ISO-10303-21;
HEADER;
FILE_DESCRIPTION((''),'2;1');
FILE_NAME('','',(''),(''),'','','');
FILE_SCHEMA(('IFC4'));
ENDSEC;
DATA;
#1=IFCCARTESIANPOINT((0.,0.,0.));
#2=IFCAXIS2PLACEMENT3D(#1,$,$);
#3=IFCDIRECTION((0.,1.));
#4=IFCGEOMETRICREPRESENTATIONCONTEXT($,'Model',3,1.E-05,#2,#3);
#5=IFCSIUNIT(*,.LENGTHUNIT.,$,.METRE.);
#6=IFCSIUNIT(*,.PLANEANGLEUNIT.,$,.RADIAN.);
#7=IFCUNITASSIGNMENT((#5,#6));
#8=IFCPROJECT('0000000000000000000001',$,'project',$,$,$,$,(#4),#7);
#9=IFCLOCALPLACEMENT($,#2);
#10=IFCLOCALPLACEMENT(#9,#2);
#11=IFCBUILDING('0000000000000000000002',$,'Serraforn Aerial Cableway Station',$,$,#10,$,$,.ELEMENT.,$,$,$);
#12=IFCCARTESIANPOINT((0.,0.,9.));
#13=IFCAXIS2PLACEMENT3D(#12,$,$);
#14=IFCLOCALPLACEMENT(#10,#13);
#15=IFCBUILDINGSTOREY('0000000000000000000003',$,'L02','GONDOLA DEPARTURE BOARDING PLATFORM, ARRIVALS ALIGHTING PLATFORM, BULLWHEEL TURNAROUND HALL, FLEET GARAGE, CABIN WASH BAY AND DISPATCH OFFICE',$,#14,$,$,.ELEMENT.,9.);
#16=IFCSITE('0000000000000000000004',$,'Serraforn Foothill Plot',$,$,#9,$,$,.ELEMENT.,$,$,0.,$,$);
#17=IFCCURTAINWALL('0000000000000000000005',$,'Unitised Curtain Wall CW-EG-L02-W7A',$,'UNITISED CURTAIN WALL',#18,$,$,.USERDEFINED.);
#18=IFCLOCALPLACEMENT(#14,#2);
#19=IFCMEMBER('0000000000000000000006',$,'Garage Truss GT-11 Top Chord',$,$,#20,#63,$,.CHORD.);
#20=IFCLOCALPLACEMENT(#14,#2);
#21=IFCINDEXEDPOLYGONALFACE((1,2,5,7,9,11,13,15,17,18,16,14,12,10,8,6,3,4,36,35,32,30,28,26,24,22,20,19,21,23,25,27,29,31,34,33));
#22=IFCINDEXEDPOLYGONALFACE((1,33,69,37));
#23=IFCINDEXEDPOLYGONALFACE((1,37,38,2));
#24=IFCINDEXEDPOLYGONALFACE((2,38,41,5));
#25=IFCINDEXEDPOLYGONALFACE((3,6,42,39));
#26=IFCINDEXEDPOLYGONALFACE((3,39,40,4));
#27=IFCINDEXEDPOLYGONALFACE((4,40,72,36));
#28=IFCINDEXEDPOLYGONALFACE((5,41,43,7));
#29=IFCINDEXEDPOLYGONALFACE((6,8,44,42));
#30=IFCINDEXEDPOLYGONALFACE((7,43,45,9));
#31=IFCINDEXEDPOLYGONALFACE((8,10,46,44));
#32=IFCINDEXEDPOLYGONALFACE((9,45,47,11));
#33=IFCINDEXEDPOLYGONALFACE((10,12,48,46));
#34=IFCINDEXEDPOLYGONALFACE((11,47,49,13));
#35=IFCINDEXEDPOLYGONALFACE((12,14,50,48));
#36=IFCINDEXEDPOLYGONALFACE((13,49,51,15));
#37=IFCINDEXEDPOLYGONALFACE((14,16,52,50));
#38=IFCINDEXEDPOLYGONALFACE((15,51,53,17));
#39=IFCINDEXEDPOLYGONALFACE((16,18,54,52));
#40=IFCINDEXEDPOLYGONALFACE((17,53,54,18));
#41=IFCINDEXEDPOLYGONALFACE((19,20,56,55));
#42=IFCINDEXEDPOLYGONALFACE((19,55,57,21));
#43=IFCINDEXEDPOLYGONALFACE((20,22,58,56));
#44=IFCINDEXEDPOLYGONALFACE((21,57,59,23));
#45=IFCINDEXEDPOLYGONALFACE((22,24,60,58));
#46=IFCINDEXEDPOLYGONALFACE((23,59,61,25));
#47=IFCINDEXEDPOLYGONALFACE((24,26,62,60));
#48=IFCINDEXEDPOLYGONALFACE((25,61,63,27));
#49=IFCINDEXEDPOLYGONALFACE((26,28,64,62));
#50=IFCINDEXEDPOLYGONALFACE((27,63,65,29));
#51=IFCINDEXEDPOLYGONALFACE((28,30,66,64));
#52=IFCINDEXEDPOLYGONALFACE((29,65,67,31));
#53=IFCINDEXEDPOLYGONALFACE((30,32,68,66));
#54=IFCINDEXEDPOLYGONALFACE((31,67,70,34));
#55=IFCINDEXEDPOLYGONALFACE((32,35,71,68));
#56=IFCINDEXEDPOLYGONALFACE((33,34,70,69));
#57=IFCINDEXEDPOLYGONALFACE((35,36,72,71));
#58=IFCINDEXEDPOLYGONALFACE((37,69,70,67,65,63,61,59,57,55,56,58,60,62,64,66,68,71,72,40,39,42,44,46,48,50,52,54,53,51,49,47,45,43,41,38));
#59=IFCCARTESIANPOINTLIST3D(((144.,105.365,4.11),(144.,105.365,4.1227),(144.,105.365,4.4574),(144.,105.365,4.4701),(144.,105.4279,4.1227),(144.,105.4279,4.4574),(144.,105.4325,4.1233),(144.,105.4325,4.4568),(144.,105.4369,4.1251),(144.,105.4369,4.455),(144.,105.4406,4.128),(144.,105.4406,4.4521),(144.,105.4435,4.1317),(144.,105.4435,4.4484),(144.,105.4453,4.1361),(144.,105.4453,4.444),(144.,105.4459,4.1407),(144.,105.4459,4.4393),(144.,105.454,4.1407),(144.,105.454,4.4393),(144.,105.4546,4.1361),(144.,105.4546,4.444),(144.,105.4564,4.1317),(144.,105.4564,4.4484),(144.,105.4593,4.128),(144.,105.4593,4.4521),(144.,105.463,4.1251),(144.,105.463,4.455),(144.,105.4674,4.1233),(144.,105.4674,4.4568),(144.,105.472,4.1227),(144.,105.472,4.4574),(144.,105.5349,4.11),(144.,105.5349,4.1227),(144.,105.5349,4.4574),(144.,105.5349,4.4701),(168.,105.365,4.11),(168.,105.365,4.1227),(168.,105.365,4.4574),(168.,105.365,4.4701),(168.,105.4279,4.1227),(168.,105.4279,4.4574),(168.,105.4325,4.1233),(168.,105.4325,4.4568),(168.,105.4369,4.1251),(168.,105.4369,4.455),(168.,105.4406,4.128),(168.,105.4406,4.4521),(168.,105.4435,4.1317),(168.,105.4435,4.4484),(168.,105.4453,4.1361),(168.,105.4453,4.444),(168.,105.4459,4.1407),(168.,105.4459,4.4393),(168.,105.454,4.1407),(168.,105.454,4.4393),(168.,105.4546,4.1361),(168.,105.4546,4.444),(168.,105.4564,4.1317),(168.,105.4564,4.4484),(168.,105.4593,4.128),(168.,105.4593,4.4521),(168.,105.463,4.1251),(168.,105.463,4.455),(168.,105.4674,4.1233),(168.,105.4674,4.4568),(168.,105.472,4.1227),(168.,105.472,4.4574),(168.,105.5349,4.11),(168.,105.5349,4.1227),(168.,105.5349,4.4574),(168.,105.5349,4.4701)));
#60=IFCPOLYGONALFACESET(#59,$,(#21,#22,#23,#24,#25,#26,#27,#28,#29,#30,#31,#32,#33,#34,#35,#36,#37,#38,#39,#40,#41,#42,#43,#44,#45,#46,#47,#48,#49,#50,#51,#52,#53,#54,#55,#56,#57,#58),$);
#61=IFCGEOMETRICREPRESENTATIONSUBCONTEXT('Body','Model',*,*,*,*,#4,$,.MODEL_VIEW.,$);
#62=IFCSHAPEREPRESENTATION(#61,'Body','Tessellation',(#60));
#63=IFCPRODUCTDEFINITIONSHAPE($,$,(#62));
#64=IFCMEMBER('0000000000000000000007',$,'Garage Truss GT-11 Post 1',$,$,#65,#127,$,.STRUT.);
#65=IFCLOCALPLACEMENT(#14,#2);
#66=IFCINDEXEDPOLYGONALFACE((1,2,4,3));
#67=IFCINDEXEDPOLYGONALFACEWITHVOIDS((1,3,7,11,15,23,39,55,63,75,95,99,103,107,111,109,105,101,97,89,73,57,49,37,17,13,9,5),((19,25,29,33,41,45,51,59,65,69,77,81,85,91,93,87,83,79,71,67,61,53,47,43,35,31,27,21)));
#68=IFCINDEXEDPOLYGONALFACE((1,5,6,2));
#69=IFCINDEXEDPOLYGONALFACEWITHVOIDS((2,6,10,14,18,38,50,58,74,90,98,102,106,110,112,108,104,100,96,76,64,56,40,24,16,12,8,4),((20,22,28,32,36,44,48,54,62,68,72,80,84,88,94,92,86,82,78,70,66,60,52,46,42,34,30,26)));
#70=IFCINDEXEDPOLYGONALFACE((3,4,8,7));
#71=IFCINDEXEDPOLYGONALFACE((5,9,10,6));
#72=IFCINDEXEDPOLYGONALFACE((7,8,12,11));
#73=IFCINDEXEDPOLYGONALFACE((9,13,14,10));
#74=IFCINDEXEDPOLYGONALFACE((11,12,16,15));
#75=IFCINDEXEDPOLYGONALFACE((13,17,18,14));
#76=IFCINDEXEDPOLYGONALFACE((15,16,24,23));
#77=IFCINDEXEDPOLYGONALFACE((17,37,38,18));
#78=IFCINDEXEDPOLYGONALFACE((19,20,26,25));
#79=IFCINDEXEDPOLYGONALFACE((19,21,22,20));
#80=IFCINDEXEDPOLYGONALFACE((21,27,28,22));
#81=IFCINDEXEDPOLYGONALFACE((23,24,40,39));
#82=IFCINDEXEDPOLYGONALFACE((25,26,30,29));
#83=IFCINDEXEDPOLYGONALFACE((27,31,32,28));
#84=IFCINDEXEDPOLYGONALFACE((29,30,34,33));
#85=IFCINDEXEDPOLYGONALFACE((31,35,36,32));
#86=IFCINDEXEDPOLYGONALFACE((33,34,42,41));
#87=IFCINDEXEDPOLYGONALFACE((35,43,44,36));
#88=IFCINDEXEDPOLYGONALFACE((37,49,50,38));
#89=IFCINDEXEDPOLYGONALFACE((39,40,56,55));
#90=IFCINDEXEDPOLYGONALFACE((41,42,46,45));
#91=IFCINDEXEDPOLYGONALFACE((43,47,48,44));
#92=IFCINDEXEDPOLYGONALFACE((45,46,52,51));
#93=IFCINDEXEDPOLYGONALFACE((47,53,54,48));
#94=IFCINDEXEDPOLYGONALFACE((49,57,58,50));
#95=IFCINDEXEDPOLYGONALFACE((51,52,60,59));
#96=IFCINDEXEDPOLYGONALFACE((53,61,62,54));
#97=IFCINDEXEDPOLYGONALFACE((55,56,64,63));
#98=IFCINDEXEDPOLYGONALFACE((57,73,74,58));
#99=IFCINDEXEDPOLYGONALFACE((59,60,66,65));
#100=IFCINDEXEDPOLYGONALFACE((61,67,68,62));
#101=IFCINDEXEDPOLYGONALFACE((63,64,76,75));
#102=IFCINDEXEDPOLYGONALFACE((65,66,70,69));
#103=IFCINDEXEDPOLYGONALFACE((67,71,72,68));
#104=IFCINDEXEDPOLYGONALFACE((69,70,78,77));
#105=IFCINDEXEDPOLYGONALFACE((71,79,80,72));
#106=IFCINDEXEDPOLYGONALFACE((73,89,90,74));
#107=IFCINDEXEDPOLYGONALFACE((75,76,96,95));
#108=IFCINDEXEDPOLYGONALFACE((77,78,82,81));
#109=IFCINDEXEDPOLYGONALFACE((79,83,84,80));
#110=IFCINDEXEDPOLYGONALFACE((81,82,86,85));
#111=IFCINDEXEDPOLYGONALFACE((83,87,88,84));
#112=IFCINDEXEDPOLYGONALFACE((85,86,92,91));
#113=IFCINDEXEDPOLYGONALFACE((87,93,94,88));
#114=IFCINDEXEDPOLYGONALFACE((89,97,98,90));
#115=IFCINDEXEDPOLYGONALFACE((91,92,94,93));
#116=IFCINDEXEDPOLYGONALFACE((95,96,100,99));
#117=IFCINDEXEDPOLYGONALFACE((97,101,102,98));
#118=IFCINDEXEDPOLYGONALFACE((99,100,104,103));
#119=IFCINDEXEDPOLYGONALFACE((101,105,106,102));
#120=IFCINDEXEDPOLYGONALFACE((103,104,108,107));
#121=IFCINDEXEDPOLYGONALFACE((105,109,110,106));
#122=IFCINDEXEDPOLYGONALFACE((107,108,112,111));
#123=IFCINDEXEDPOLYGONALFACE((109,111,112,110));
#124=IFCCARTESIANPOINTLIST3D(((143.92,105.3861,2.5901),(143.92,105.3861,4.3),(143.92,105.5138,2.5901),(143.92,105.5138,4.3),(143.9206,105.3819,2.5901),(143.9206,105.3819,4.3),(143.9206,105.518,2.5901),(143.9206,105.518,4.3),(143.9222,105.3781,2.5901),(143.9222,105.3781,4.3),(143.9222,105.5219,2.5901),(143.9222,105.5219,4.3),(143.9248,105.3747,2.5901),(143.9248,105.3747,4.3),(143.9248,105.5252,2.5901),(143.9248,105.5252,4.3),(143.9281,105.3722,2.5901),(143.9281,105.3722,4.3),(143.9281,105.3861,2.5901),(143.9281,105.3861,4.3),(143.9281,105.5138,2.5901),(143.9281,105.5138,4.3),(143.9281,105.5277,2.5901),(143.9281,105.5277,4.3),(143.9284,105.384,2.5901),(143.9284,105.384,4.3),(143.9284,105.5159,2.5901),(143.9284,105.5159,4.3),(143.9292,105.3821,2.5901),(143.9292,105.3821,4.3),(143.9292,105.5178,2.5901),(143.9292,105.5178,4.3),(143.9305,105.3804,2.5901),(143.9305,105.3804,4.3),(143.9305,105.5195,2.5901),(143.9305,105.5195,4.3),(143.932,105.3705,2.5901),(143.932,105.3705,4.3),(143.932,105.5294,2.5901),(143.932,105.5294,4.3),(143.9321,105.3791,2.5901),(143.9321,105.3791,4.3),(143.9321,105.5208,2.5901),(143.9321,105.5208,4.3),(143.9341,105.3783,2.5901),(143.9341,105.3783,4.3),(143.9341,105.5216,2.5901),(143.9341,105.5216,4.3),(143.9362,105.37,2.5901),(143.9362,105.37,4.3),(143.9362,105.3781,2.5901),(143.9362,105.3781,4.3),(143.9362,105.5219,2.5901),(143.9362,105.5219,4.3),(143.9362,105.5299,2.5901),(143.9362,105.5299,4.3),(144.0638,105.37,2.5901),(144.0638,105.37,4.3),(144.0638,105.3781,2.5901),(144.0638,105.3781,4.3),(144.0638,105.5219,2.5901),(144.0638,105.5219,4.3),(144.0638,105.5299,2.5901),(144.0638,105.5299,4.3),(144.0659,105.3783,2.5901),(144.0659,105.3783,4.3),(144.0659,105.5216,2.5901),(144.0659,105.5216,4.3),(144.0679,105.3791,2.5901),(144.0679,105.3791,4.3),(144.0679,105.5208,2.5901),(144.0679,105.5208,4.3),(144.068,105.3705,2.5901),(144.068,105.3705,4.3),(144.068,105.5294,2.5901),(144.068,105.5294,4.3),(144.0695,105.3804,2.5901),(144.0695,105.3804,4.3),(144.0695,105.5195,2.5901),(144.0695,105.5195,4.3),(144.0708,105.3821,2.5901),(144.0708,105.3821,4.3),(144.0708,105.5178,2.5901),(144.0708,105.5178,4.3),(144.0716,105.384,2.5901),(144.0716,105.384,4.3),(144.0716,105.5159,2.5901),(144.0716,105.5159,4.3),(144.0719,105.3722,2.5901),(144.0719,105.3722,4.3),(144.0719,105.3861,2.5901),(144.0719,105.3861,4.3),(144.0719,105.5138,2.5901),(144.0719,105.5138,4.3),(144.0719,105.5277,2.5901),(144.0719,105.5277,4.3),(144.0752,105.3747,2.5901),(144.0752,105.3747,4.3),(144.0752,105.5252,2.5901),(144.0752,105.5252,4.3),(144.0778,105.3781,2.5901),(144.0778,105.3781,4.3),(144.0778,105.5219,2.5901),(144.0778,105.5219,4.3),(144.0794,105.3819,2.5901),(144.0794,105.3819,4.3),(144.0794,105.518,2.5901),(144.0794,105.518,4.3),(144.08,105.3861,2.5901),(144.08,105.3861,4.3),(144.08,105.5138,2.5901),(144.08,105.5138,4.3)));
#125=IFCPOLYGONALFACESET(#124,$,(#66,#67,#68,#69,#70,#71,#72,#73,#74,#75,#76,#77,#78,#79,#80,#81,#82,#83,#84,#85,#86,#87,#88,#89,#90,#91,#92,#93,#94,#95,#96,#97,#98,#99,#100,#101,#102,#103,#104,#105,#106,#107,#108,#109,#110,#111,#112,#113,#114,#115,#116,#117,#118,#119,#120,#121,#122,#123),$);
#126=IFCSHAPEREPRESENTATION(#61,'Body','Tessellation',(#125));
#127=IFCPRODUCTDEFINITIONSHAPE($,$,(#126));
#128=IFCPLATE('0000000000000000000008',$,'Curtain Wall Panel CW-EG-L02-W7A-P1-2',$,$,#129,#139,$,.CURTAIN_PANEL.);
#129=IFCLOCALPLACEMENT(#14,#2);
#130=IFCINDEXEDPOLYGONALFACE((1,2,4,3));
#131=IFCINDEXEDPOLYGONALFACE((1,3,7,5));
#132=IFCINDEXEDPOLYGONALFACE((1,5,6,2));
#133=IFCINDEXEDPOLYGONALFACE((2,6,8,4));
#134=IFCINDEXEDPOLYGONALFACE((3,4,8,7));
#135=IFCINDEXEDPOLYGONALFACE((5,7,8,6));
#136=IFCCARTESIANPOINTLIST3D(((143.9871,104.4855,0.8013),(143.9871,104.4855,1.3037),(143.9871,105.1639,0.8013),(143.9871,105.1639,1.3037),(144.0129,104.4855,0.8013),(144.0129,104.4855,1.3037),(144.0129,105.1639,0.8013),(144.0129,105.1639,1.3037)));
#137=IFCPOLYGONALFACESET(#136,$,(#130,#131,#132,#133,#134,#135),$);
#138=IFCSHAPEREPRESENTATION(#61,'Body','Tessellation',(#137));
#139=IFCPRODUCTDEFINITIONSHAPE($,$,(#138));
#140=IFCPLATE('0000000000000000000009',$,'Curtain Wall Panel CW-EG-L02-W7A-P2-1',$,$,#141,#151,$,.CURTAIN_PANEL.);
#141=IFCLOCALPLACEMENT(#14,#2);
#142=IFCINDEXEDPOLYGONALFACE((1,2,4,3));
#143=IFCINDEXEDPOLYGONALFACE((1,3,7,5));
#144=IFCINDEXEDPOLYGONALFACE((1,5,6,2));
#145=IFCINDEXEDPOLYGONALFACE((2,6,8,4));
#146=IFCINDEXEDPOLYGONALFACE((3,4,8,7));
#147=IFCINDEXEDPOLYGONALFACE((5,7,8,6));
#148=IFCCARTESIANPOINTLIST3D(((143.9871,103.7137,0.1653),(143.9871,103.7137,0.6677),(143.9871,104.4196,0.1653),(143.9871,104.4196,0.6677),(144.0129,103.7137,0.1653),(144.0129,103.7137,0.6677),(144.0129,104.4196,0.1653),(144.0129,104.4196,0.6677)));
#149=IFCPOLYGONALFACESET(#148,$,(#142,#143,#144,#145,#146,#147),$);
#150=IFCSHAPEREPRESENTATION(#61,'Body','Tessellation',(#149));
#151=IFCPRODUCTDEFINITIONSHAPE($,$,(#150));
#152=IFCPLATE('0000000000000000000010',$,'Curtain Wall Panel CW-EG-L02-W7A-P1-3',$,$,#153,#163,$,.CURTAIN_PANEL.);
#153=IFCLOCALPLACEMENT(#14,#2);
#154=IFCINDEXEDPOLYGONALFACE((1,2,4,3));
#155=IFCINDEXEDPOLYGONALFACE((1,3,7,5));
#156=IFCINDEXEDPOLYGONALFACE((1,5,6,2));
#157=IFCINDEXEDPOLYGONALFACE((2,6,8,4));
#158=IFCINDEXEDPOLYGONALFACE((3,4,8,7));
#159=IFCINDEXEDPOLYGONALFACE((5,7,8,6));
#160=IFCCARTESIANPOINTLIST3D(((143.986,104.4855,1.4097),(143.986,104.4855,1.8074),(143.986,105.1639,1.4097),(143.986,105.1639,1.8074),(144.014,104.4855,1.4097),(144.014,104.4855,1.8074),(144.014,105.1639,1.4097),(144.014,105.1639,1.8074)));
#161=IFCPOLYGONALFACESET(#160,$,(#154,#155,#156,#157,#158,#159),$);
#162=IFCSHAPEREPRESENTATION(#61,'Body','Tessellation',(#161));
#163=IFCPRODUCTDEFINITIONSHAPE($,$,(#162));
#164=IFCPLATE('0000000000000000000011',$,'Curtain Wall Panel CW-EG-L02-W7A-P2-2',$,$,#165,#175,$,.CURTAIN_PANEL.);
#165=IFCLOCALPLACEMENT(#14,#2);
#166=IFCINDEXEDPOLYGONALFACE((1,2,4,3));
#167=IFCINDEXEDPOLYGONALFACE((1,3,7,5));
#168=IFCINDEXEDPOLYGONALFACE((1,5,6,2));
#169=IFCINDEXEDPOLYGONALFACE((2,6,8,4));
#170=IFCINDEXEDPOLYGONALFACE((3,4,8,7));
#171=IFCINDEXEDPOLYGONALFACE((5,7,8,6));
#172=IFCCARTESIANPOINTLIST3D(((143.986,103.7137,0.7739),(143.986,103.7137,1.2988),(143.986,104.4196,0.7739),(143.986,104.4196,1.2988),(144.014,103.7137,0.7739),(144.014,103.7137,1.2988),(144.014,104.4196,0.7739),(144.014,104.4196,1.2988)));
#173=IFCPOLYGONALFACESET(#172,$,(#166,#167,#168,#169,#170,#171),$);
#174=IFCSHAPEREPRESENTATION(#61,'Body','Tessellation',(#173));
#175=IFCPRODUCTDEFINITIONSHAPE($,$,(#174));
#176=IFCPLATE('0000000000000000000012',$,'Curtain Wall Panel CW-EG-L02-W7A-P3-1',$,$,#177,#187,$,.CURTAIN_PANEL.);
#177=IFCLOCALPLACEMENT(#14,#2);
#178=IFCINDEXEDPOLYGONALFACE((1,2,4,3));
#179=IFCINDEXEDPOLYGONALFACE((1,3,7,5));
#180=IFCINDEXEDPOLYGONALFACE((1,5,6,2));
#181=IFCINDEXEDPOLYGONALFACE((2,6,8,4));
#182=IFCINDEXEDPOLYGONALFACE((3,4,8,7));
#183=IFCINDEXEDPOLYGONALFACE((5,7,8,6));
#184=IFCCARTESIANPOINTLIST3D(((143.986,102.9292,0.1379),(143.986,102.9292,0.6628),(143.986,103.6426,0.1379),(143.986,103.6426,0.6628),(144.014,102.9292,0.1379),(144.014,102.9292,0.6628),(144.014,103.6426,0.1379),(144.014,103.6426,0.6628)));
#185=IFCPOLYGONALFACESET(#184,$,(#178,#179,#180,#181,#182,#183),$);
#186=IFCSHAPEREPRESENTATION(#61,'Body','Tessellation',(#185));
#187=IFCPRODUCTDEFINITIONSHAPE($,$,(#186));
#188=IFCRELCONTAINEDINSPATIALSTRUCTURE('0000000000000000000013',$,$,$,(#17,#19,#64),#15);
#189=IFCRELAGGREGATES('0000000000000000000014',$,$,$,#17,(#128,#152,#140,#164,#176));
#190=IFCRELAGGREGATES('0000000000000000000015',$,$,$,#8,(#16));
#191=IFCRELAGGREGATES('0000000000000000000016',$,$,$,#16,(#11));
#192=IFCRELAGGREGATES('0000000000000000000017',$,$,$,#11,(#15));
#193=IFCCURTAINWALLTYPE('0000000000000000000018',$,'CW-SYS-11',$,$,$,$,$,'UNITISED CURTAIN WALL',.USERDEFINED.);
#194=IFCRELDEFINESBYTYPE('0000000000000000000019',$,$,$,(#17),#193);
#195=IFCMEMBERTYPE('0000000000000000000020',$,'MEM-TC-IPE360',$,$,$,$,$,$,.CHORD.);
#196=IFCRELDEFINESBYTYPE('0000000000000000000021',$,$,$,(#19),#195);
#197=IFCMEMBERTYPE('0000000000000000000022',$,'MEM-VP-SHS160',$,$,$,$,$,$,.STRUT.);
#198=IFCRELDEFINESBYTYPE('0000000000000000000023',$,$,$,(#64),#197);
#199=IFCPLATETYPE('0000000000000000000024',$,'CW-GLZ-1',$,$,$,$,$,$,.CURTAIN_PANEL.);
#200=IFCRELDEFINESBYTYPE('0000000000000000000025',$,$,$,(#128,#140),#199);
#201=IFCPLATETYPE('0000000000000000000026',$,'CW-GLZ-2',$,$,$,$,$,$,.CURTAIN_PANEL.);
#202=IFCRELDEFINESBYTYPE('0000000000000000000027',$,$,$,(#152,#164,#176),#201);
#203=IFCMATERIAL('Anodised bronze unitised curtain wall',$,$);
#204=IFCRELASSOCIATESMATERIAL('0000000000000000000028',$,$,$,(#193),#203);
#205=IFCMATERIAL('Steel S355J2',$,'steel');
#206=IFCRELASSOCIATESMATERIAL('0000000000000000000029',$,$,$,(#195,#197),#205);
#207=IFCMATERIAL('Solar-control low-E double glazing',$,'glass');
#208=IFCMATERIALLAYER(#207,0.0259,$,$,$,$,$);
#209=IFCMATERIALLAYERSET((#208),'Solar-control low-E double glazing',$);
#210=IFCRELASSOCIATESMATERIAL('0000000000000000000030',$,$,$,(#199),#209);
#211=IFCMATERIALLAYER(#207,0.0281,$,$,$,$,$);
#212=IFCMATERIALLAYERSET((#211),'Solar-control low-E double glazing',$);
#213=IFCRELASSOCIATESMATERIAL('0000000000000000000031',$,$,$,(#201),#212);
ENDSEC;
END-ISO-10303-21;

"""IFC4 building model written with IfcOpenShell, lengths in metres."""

from ifc_helpers import new_model, si_unit, direction, frame, origin, origin_2d, place, context, subcontext, project, spatial, rectangle, hollow_rectangle, i_section, extrude, material, layer, layer_set, material_profile, profile_set, type_object, element, aggregate, save


model = new_model("IFC4")

# Units and contexts
model_context = context("Model", 3, precision=1e-05, world=origin(), true_north=direction((0.0, 1.0)))
body_context = subcontext(model_context, "Body", "Model", "MODEL_VIEW")
ifc_project = project(units=[si_unit("LENGTHUNIT", "METRE"), si_unit("PLANEANGLEUNIT", "RADIAN")], contexts=[model_context])

# Site, building, storey
site_placement = place(None, origin())
site = spatial("IfcSite", under=ifc_project, at=site_placement, Name="Serraforn Foothill Plot", CompositionType="ELEMENT", RefElevation=0.0)
building_placement = place(site_placement, origin())
building = spatial("IfcBuilding", under=site, at=building_placement, Name="Serraforn Aerial Cableway Station", CompositionType="ELEMENT")
storey_placement = place(building_placement, frame((0.0, 0.0, 9.0)))
storey = spatial("IfcBuildingStorey", under=building, at=storey_placement, Name="L02", Description="GONDOLA DEPARTURE BOARDING PLATFORM, ARRIVALS ALIGHTING PLATFORM, BULLWHEEL TURNAROUND HALL, FLEET GARAGE, CABIN WASH BAY AND DISPATCH OFFICE", CompositionType="ELEMENT", Elevation=9.0)

# Shared definitions
ifc_material_1 = material(Name="Steel S355J2", Category="steel")

# Curtain wall
ifc_material_2 = material(Name="Anodised bronze unitised curtain wall")
curtain_wall_type = type_object("IfcCurtainWallType", Name="CW-SYS-11", ElementType="UNITISED CURTAIN WALL", PredefinedType="USERDEFINED", material=ifc_material_2)
curtain_wall_placement = place(storey_placement, origin())
curtain_wall = element("IfcCurtainWall", 1, at=curtain_wall_placement, inside=storey, type_object=curtain_wall_type, Name="Unitised Curtain Wall CW-EG-L02-W7A", ObjectType="UNITISED CURTAIN WALL", PredefinedType="USERDEFINED")

# Members
ifc_material_profile_1 = material_profile(ifc_material_1, i_section(OverallWidth=0.1699, OverallDepth=0.3601, WebThickness=0.0081, FlangeThickness=0.0127, FilletRadius=0.0181, at=origin_2d()), Name="IPE 360")
ifc_profile_set_1 = profile_set([ifc_material_profile_1], Name="Steel S355J2")
member_type_1 = type_object("IfcMemberType", Name="MEM-TC-IPE360", PredefinedType="CHORD", material=ifc_profile_set_1)
member_1_placement = place(storey_placement, frame((144.0, 105.45, 4.29), z_axis=(1.0, 0.0, 0.0), x_axis=(0.0, 1.0, 0.0)))
element("IfcMember", 2, at=member_1_placement, inside=storey, type_object=member_type_1, Name="Garage Truss GT-11 Top Chord", PredefinedType="CHORD", context=body_context, shape_type="SweptSolid", body=[
    extrude(i_section(OverallWidth=0.1699, OverallDepth=0.3601, WebThickness=0.0081, FlangeThickness=0.0127, FilletRadius=0.0181, at=origin_2d()), origin(), (0.0, 0.0, 1.0), 24.0),
])
ifc_material_profile_2 = material_profile(ifc_material_1, hollow_rectangle(XDim=0.1599, YDim=0.1599, WallThickness=0.0081, InnerFilletRadius=0.0081, OuterFilletRadius=0.0161, at=origin_2d()), Name="SHS 160x160x8.0")
ifc_profile_set_2 = profile_set([ifc_material_profile_2], Name="Steel S355J2")
member_type_2 = type_object("IfcMemberType", Name="MEM-VP-SHS160", PredefinedType="STRUT", material=ifc_profile_set_2)
member_2_placement = place(storey_placement, frame((144.0, 105.45, 2.5901), z_axis=(0.0, 0.0, 1.0), x_axis=(1.0, 0.0, 0.0)))
element("IfcMember", 3, at=member_2_placement, inside=storey, type_object=member_type_2, Name="Garage Truss GT-11 Post 1", PredefinedType="STRUT", context=body_context, shape_type="SweptSolid", body=[
    extrude(hollow_rectangle(XDim=0.1599, YDim=0.1599, WallThickness=0.0081, InnerFilletRadius=0.0081, OuterFilletRadius=0.0161, at=origin_2d()), origin(), (0.0, 0.0, 1.0), 1.71),
])

# Plates
ifc_material_3 = material(Name="Solar-control low-E double glazing", Category="glass")
ifc_layer_1 = layer(ifc_material_3, 0.0259)
ifc_layer_set_1 = layer_set([ifc_layer_1], Name="Solar-control low-E double glazing")
plate_type_1 = type_object("IfcPlateType", Name="CW-GLZ-1", PredefinedType="CURTAIN_PANEL", material=ifc_layer_set_1)
plate_1_placement = place(storey_placement, frame((144.0, 104.8247, 0.8013), z_axis=(0.0, 0.0, 1.0), x_axis=(1.0, 0.0, 0.0)))
plate_1 = element("IfcPlate", 4, at=plate_1_placement, type_object=plate_type_1, Name="Curtain Wall Panel CW-EG-L02-W7A-P1-2", PredefinedType="CURTAIN_PANEL", context=body_context, shape_type="SweptSolid", body=[
    extrude(rectangle(XDim=0.0259, YDim=0.6785, at=origin_2d()), origin(), (0.0, 0.0, 1.0), 0.5024),
])
plate_2_placement = place(storey_placement, frame((144.0, 104.0667, 0.1653), z_axis=(0.0, 0.0, 1.0), x_axis=(1.0, 0.0, 0.0)))
plate_2 = element("IfcPlate", 5, at=plate_2_placement, type_object=plate_type_1, Name="Curtain Wall Panel CW-EG-L02-W7A-P2-1", PredefinedType="CURTAIN_PANEL", context=body_context, shape_type="SweptSolid", body=[
    extrude(rectangle(XDim=0.0259, YDim=0.7058, at=origin_2d()), origin(), (0.0, 0.0, 1.0), 0.5024),
])
ifc_layer_2 = layer(ifc_material_3, 0.0281)
ifc_layer_set_2 = layer_set([ifc_layer_2], Name="Solar-control low-E double glazing")
plate_type_2 = type_object("IfcPlateType", Name="CW-GLZ-2", PredefinedType="CURTAIN_PANEL", material=ifc_layer_set_2)
plate_3_placement = place(storey_placement, frame((144.0, 104.8247, 1.4097), z_axis=(0.0, 0.0, 1.0), x_axis=(1.0, 0.0, 0.0)))
plate_3 = element("IfcPlate", 6, at=plate_3_placement, type_object=plate_type_2, Name="Curtain Wall Panel CW-EG-L02-W7A-P1-3", PredefinedType="CURTAIN_PANEL", context=body_context, shape_type="SweptSolid", body=[
    extrude(rectangle(XDim=0.0281, YDim=0.6785, at=origin_2d()), origin(), (0.0, 0.0, 1.0), 0.3977),
])
plate_4_placement = place(storey_placement, frame((144.0, 104.0667, 0.7739), z_axis=(0.0, 0.0, 1.0), x_axis=(1.0, 0.0, 0.0)))
plate_4 = element("IfcPlate", 7, at=plate_4_placement, type_object=plate_type_2, Name="Curtain Wall Panel CW-EG-L02-W7A-P2-2", PredefinedType="CURTAIN_PANEL", context=body_context, shape_type="SweptSolid", body=[
    extrude(rectangle(XDim=0.0281, YDim=0.7058, at=origin_2d()), origin(), (0.0, 0.0, 1.0), 0.5249),
])
plate_5_placement = place(storey_placement, frame((144.0, 103.2859, 0.1379), z_axis=(0.0, 0.0, 1.0), x_axis=(1.0, 0.0, 0.0)))
plate_5 = element("IfcPlate", 8, at=plate_5_placement, type_object=plate_type_2, Name="Curtain Wall Panel CW-EG-L02-W7A-P3-1", PredefinedType="CURTAIN_PANEL", context=body_context, shape_type="SweptSolid", body=[
    extrude(rectangle(XDim=0.0281, YDim=0.7134, at=origin_2d()), origin(), (0.0, 0.0, 1.0), 0.5249),
])
aggregate(curtain_wall, [plate_1, plate_3, plate_2, plate_4, plate_5])

save(model, "model.ifc")
